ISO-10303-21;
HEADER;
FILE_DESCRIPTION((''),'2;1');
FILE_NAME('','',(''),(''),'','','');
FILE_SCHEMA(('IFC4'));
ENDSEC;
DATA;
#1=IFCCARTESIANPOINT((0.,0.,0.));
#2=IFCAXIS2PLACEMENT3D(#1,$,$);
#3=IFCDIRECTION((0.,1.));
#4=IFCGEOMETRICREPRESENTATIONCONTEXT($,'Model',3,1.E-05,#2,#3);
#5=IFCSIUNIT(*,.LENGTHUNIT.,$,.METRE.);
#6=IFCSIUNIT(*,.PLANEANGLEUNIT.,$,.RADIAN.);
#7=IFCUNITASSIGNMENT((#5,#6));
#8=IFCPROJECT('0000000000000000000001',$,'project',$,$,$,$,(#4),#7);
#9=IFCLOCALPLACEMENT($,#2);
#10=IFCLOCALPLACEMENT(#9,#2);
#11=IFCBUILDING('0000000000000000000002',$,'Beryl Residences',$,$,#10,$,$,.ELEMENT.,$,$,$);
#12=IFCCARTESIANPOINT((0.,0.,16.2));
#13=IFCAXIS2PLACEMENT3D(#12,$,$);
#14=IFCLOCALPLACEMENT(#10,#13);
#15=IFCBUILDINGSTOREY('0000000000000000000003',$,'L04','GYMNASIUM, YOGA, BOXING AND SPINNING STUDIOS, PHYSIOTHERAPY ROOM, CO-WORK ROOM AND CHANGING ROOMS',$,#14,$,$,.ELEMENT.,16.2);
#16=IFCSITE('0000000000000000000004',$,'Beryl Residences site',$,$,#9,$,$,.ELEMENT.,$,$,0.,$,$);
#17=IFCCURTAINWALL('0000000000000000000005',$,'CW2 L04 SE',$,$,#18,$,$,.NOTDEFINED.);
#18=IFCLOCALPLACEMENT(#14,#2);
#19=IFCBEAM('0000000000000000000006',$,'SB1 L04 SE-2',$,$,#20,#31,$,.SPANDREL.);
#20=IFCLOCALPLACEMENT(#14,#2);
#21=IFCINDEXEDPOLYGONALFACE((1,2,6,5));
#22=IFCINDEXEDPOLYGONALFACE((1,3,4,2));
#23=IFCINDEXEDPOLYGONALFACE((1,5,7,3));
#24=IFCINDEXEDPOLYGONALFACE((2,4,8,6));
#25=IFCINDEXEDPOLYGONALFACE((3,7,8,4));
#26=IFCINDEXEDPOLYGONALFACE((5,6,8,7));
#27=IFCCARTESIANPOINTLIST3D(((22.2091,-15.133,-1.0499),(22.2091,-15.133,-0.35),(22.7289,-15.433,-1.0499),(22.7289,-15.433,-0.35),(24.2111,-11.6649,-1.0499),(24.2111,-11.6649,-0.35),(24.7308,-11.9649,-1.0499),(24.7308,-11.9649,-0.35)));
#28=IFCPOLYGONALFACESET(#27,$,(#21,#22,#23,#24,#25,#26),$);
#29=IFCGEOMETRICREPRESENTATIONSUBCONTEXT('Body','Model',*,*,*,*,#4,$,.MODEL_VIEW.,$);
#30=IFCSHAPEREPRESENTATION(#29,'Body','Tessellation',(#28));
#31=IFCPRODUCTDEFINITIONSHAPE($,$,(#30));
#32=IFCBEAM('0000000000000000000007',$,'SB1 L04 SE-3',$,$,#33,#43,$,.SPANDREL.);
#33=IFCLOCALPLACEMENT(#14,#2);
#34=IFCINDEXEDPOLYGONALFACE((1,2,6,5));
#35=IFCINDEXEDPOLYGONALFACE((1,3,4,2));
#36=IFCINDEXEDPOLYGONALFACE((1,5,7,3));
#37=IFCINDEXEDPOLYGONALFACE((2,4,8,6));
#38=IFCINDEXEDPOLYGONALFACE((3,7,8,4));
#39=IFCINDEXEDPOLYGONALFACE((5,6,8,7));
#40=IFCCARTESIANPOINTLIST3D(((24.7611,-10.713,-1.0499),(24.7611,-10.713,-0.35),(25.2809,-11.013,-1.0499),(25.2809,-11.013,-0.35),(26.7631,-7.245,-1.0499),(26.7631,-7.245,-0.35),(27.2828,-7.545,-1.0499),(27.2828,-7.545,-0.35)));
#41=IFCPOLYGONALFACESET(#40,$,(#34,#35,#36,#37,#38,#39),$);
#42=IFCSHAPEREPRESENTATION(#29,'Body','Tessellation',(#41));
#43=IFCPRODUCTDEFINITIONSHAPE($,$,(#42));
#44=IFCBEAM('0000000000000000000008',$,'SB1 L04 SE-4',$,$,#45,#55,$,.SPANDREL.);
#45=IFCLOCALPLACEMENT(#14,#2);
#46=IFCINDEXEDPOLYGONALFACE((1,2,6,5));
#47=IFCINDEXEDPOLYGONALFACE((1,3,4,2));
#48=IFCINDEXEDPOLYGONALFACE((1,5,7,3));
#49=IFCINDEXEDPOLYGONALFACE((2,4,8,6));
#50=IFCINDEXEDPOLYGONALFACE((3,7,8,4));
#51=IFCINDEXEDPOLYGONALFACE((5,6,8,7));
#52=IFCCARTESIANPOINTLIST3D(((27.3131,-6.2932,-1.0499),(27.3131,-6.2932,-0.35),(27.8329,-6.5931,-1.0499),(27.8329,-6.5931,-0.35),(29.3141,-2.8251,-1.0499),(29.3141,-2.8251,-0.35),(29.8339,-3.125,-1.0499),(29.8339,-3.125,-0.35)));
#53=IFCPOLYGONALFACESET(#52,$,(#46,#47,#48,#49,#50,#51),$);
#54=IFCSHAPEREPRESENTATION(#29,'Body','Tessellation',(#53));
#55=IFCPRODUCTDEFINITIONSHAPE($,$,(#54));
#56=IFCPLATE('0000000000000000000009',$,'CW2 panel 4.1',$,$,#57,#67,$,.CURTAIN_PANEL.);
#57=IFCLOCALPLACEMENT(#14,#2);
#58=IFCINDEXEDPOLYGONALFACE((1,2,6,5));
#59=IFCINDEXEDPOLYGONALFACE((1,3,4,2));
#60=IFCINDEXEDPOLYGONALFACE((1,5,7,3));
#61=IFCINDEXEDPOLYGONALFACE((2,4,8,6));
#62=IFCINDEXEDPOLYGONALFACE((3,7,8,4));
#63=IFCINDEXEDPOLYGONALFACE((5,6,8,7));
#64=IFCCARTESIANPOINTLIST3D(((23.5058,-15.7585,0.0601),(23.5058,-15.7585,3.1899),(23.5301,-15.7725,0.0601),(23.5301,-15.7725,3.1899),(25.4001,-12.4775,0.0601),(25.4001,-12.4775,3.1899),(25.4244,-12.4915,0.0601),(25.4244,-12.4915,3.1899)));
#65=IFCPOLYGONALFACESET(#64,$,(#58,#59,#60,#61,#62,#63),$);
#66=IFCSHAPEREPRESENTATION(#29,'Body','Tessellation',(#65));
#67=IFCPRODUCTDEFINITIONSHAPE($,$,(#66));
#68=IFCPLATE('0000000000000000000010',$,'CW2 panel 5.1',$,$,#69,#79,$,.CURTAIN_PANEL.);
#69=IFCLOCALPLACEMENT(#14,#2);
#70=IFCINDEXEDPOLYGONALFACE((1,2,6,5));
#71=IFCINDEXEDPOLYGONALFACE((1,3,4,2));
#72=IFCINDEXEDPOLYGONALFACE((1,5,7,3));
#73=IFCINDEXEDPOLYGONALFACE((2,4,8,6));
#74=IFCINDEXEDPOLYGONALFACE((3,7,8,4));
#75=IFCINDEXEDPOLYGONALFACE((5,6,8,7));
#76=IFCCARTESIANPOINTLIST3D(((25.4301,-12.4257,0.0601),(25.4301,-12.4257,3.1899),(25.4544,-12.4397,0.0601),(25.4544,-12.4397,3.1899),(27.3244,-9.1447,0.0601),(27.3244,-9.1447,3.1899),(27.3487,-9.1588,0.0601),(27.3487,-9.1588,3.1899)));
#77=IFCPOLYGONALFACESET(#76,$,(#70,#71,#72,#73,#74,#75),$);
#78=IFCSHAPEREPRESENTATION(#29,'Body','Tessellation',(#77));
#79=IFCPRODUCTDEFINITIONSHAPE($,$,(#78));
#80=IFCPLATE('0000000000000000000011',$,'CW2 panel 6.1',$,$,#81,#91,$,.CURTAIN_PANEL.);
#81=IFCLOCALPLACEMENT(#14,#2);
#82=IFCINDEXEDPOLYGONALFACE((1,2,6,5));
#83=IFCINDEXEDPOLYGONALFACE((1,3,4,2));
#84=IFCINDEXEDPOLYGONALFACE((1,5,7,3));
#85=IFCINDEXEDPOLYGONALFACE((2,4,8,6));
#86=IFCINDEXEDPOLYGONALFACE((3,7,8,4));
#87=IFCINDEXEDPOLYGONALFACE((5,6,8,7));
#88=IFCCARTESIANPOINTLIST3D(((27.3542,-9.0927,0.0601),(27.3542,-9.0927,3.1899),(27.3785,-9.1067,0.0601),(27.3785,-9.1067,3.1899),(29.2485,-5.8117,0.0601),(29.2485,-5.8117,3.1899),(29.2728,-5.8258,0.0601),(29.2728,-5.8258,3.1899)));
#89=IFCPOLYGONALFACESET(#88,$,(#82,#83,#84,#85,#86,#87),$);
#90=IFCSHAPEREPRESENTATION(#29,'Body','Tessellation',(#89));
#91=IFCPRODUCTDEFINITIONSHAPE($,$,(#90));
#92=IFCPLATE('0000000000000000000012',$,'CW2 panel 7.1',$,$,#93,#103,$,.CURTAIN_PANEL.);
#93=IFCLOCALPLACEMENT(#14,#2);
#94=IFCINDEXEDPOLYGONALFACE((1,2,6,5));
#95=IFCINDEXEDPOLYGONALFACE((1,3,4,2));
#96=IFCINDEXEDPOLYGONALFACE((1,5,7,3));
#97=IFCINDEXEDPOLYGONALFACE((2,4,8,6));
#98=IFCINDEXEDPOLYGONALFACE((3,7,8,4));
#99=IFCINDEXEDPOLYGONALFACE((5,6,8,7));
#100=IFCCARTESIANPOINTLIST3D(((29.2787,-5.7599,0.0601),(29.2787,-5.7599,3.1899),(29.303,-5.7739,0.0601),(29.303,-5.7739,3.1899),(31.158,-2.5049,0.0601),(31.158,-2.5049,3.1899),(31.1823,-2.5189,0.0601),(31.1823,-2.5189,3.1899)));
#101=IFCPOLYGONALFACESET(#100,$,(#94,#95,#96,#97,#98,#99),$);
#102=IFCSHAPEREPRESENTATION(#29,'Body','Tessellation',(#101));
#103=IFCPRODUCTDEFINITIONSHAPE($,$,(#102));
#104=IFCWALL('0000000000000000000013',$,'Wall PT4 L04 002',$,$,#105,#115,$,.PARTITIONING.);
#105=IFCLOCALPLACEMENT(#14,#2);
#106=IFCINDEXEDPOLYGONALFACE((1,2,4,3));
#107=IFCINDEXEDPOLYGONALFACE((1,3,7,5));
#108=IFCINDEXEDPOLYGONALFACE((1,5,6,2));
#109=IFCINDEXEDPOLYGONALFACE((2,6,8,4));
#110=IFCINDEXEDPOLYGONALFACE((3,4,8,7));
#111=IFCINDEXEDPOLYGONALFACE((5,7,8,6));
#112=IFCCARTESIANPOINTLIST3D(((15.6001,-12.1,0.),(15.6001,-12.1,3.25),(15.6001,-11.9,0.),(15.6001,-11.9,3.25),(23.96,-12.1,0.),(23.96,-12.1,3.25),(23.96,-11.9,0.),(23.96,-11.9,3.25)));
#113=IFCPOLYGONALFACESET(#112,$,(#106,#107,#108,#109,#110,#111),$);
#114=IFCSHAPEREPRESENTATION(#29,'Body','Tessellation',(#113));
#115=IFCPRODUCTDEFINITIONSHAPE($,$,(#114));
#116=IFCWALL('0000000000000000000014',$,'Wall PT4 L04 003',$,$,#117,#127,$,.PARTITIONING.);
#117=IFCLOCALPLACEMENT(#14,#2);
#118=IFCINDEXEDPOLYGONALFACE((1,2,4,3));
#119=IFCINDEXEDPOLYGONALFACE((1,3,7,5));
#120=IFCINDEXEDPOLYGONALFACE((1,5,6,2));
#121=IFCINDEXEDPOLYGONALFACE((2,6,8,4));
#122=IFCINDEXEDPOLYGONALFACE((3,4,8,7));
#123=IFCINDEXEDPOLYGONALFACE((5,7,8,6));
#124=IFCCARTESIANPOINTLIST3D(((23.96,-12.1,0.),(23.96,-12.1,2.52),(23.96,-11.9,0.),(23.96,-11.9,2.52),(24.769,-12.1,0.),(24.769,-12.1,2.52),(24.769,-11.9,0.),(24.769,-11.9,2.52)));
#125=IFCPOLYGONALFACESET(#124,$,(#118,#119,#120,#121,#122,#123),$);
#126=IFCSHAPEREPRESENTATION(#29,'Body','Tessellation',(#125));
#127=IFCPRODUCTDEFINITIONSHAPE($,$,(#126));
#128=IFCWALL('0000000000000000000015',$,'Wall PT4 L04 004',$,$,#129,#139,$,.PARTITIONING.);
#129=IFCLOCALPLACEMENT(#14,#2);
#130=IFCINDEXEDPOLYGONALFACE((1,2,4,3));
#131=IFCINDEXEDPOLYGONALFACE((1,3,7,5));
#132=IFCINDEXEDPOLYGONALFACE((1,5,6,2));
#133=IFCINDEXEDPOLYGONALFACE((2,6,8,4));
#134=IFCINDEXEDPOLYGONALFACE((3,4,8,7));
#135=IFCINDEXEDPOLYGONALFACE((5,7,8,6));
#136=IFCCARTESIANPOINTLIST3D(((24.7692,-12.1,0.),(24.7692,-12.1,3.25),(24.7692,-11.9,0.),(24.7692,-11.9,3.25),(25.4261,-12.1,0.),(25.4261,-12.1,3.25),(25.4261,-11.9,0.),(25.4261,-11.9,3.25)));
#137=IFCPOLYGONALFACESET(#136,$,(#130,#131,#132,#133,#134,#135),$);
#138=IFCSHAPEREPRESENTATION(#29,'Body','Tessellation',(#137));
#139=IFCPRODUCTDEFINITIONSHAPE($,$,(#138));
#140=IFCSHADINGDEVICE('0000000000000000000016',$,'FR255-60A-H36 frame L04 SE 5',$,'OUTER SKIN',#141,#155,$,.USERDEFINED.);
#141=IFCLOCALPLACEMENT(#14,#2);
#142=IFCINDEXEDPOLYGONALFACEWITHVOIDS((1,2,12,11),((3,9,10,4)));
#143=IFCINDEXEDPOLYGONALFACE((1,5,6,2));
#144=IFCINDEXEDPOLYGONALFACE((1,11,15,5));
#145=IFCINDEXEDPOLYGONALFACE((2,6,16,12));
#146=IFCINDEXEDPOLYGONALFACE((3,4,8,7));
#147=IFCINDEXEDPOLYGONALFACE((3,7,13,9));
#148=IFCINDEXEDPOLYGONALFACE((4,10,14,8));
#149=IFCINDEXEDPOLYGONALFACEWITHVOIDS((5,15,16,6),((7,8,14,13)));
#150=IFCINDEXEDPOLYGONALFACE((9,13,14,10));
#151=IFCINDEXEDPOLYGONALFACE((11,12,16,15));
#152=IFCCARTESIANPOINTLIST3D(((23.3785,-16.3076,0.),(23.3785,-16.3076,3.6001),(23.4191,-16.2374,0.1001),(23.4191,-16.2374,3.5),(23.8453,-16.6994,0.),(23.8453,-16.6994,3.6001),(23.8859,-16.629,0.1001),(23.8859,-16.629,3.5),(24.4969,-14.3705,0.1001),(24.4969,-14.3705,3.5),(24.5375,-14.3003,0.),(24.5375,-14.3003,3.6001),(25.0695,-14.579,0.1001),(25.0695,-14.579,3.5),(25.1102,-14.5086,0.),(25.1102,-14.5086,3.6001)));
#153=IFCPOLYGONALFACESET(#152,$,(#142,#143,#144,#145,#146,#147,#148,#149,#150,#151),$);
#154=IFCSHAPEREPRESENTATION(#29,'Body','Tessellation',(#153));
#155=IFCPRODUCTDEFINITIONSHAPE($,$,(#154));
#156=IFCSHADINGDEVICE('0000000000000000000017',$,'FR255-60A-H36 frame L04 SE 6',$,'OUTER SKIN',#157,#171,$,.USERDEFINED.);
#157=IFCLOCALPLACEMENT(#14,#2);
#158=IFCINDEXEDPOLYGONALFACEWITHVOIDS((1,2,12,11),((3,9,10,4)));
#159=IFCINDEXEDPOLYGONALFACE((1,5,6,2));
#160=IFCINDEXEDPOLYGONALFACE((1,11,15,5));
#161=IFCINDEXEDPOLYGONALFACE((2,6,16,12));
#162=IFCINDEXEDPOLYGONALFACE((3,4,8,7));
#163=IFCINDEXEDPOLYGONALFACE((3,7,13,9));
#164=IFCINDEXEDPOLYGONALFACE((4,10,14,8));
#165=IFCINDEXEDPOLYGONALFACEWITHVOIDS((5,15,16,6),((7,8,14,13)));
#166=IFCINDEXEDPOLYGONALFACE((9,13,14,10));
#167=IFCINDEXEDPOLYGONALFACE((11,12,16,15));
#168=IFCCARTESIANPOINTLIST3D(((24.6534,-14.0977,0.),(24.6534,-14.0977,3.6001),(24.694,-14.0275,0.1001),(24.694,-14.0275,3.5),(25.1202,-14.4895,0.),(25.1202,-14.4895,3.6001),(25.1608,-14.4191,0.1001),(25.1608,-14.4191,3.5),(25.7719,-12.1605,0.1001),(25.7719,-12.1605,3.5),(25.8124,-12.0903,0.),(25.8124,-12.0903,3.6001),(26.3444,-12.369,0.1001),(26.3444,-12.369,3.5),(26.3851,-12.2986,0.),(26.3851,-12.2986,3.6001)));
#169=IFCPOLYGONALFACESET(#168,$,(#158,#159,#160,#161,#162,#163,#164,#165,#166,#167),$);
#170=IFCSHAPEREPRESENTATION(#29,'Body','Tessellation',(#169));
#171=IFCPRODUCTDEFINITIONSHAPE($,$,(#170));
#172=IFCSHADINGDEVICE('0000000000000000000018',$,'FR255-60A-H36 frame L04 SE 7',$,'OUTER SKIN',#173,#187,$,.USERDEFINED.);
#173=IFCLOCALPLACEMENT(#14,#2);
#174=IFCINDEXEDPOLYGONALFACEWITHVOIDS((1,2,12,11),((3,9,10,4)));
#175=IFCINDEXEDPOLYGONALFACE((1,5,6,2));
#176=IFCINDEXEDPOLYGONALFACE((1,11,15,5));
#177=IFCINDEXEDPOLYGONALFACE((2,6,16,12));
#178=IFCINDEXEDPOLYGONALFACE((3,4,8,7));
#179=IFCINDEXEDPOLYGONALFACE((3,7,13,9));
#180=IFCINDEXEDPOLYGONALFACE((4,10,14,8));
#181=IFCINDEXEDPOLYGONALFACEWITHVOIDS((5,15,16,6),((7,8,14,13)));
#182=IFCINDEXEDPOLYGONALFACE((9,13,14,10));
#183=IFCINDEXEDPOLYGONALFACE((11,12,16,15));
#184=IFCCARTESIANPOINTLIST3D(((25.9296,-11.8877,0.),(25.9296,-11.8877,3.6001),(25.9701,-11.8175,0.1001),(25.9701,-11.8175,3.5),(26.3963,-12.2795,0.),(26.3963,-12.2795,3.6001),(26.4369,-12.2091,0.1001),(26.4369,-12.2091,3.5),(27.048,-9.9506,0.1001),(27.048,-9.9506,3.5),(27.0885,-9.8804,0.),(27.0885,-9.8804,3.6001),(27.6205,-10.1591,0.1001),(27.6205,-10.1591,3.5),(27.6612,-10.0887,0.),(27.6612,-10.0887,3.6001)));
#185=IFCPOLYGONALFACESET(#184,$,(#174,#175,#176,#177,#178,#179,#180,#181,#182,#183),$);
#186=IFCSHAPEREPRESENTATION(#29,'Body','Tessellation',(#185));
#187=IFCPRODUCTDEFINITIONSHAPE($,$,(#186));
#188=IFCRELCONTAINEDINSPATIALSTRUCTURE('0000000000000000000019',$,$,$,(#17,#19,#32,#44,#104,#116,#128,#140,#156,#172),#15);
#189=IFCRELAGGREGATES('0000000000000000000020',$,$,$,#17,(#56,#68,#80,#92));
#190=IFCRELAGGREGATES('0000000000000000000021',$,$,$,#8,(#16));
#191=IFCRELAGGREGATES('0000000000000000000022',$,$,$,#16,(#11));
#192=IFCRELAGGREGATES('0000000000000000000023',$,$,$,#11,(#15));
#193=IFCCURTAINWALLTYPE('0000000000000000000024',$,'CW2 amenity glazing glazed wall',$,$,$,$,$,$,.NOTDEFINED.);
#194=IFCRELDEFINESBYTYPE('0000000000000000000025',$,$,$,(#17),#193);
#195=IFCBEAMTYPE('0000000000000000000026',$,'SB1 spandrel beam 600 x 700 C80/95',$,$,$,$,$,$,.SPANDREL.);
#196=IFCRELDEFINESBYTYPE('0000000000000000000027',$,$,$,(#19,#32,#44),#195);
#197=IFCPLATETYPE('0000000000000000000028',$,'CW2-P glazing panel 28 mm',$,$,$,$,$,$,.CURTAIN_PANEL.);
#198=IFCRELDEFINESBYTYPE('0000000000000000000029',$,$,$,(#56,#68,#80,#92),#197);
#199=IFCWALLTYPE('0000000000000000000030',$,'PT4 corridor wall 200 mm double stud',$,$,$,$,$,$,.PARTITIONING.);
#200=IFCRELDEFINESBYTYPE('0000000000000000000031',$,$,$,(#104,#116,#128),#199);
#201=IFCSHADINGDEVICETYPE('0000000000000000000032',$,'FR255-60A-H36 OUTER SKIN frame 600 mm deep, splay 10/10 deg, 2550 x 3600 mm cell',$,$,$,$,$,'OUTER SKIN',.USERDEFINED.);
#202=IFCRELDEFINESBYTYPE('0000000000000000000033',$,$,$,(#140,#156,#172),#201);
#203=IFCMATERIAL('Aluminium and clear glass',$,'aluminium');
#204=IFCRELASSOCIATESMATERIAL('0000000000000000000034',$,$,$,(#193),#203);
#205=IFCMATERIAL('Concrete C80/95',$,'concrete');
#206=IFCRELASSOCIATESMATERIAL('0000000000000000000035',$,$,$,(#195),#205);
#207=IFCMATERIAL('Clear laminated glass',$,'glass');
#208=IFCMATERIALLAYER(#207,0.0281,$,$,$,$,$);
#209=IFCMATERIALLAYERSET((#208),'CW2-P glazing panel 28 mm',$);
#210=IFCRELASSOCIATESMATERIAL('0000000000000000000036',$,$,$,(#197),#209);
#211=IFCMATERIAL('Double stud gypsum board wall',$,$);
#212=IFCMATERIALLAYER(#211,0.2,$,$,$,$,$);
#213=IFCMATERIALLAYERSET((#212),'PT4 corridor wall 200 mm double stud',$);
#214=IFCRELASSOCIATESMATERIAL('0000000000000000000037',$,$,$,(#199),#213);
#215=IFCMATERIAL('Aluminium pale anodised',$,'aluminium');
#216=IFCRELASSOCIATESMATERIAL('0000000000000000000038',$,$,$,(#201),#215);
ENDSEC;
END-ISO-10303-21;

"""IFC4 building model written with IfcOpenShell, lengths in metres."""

from ifc_helpers import new_model, entity, si_unit, direction, frame, frame_2d, origin, origin_2d, place, context, subcontext, project, spatial, rectangle, extrude, source, transform, mapped, material, layer, layer_set, material_profile, profile_set, type_object, type_shapes, element, aggregate, save


model = new_model("IFC4")

# Units and contexts
model_context = context("Model", 3, precision=1e-05, world=origin(), true_north=direction((0.0, 1.0)))
body_context = subcontext(model_context, "Body", "Model", "MODEL_VIEW")
ifc_project = project(units=[si_unit("LENGTHUNIT", "METRE"), si_unit("PLANEANGLEUNIT", "RADIAN")], contexts=[model_context])

# Site, building, storey
site_placement = place(None, origin())
site = spatial("IfcSite", under=ifc_project, at=site_placement, Name="Beryl Residences site", CompositionType="ELEMENT", RefElevation=0.0)
building_placement = place(site_placement, origin())
building = spatial("IfcBuilding", under=site, at=building_placement, Name="Beryl Residences", CompositionType="ELEMENT")
storey_placement = place(building_placement, frame((0.0, 0.0, 16.2)))
storey = spatial("IfcBuildingStorey", under=building, at=storey_placement, Name="L04", Description="GYMNASIUM, YOGA, BOXING AND SPINNING STUDIOS, PHYSIOTHERAPY ROOM, CO-WORK ROOM AND CHANGING ROOMS", CompositionType="ELEMENT", Elevation=16.2)

# Curtain wall
ifc_material_1 = material(Name="Aluminium and clear glass", Category="aluminium")
curtain_wall_type = type_object("IfcCurtainWallType", Name="CW2 amenity glazing glazed wall", PredefinedType="NOTDEFINED", material=ifc_material_1)
curtain_wall_placement = place(storey_placement, origin())
curtain_wall = element("IfcCurtainWall", 1, at=curtain_wall_placement, inside=storey, type_object=curtain_wall_type, Name="CW2 L04 SE", PredefinedType="NOTDEFINED")

# Beams
ifc_material_2 = material(Name="Concrete C80/95", Category="concrete")
ifc_material_profile_1 = material_profile(ifc_material_2, rectangle(XDim=0.6001, YDim=0.7, at=origin_2d()))
ifc_profile_set_1 = profile_set([ifc_material_profile_1], Name="Concrete C80/95")
beam_type = type_object("IfcBeamType", Name="SB1 spandrel beam 600 x 700 C80/95", PredefinedType="SPANDREL", material=ifc_profile_set_1)
for number, where, z_axis, x_axis, name in (
    (2, (22.469, -15.283, -0.7), (0.499942, 0.866059, 0.0), (-0.866059, 0.499942, 0.0), "SB1 L04 SE-2"),
    (3, (25.021, -10.863, -0.7), (0.499942, 0.866059, 0.0), (-0.866059, 0.499942, 0.0), "SB1 L04 SE-3"),
):
    element("IfcBeam", number, at=place(storey_placement, frame(where, z_axis=z_axis, x_axis=x_axis)), inside=storey, type_object=beam_type, Name=name, PredefinedType="SPANDREL", context=body_context, shape_type="SweptSolid", body=[
        extrude(rectangle(XDim=0.6001, YDim=0.7, at=origin_2d()), origin(), (0.0, 0.0, 1.0), 4.0044),
    ])
beam_placement = place(storey_placement, frame((27.573, -6.4431, -0.7), z_axis=(0.499759, 0.866164, 0.0), x_axis=(-0.866164, 0.499759, 0.0)))
element("IfcBeam", 4, at=beam_placement, inside=storey, type_object=beam_type, Name="SB1 L04 SE-4", PredefinedType="SPANDREL", context=body_context, shape_type="SweptSolid", body=[
    extrude(rectangle(XDim=0.6001, YDim=0.7, at=origin_2d()), origin(), (0.0, 0.0, 1.0), 4.0039),
])

# Plates
ifc_material_3 = material(Name="Clear laminated glass", Category="glass")
ifc_layer_1 = layer(ifc_material_3, 0.0281)
ifc_layer_set_1 = layer_set([ifc_layer_1], Name="CW2-P glazing panel 28 mm")
plate_type = type_object("IfcPlateType", Name="CW2-P glazing panel 28 mm", PredefinedType="CURTAIN_PANEL", material=ifc_layer_set_1)
plate_1_placement = place(storey_placement, frame((24.4651, -14.125, 0.0601), z_axis=(0.0, 0.0, 1.0), x_axis=(0.500012, 0.866019, 0.0)))
plate_1 = element("IfcPlate", 5, at=plate_1_placement, type_object=plate_type, Name="CW2 panel 4.1", PredefinedType="CURTAIN_PANEL", context=body_context, shape_type="SweptSolid", body=[
    extrude(rectangle(XDim=3.7886, YDim=0.0281, at=origin_2d()), origin(), (0.0, 0.0, 1.0), 3.1299),
])
plate_2_placement = place(storey_placement, frame((26.3894, -10.7922, 0.0601), z_axis=(0.0, 0.0, 1.0), x_axis=(0.500012, 0.866019, 0.0)))
plate_2 = element("IfcPlate", 6, at=plate_2_placement, type_object=plate_type, Name="CW2 panel 5.1", PredefinedType="CURTAIN_PANEL", context=body_context, shape_type="SweptSolid", body=[
    extrude(rectangle(XDim=3.7886, YDim=0.0281, at=origin_2d()), origin(), (0.0, 0.0, 1.0), 3.1299),
])
plate_3_placement = place(storey_placement, frame((28.3135, -7.4592, 0.0601), z_axis=(0.0, 0.0, 1.0), x_axis=(0.500012, 0.866019, 0.0)))
plate_3 = element("IfcPlate", 7, at=plate_3_placement, type_object=plate_type, Name="CW2 panel 6.1", PredefinedType="CURTAIN_PANEL", context=body_context, shape_type="SweptSolid", body=[
    extrude(rectangle(XDim=3.7886, YDim=0.0281, at=origin_2d()), origin(), (0.0, 0.0, 1.0), 3.1299),
])
plate_4_placement = place(storey_placement, frame((30.2305, -4.1394, 0.0601), z_axis=(0.0, 0.0, 1.0), x_axis=(0.500012, 0.866019, 0.0)))
plate_4 = element("IfcPlate", 8, at=plate_4_placement, type_object=plate_type, Name="CW2 panel 7.1", PredefinedType="CURTAIN_PANEL", context=body_context, shape_type="SweptSolid", body=[
    extrude(rectangle(XDim=3.7585, YDim=0.0281, at=origin_2d()), origin(), (0.0, 0.0, 1.0), 3.1299),
])
aggregate(curtain_wall, [plate_1, plate_2, plate_3, plate_4])

# Walls
ifc_material_4 = material(Name="Double stud gypsum board wall")
ifc_layer_2 = layer(ifc_material_4, 0.2)
ifc_layer_set_2 = layer_set([ifc_layer_2], Name="PT4 corridor wall 200 mm double stud")
wall_type = type_object("IfcWallType", Name="PT4 corridor wall 200 mm double stud", PredefinedType="PARTITIONING", material=ifc_layer_set_2)
wall_1_placement = place(storey_placement, frame((15.6001, -12.0, 0.0), z_axis=(0.0, 0.0, 1.0), x_axis=(1.0, 0.0, 0.0)))
element("IfcWall", 9, at=wall_1_placement, inside=storey, type_object=wall_type, Name="Wall PT4 L04 002", PredefinedType="PARTITIONING", context=body_context, shape_type="SweptSolid", body=[
    extrude(rectangle(XDim=8.3599, YDim=0.2, at=frame_2d((4.1799, 0.0))), origin(), (0.0, 0.0, 1.0), 3.25),
])
wall_2_placement = place(storey_placement, frame((23.96, -12.0, 0.0), z_axis=(0.0, 0.0, 1.0), x_axis=(1.0, 0.0, 0.0)))
element("IfcWall", 10, at=wall_2_placement, inside=storey, type_object=wall_type, Name="Wall PT4 L04 003", PredefinedType="PARTITIONING", context=body_context, shape_type="SweptSolid", body=[
    extrude(rectangle(XDim=0.8091, YDim=0.2, at=frame_2d((0.4045, 0.0))), origin(), (0.0, 0.0, 1.0), 2.52),
])
wall_3_placement = place(storey_placement, frame((24.769, -12.0, 0.0), z_axis=(0.0, 0.0, 1.0), x_axis=(1.0, 0.0, 0.0)))
element("IfcWall", 11, at=wall_3_placement, inside=storey, type_object=wall_type, Name="Wall PT4 L04 004", PredefinedType="PARTITIONING", context=body_context, shape_type="SweptSolid", body=[
    extrude(rectangle(XDim=0.657, YDim=0.2, at=frame_2d((0.3286, 0.0))), origin(), (0.0, 0.0, 1.0), 3.25),
])

# Shading devices
ifc_material_5 = material(Name="Aluminium pale anodised", Category="aluminium")
shading_device_type = type_object("IfcShadingDeviceType", Name="FR255-60A-H36 OUTER SKIN frame 600 mm deep, splay 10/10 deg, 2550 x 3600 mm cell", ElementType="OUTER SKIN", PredefinedType="USERDEFINED", material=ifc_material_5)
cartesian_point_1 = entity("IfcCartesianPoint", [-1.1589, 0.0])
cartesian_point_2 = entity("IfcCartesianPoint", [-1.0779, 0.1001])
cartesian_point_3 = entity("IfcCartesianPoint", [-1.2649, 0.0])
cartesian_point_4 = entity("IfcCartesianPoint", [-1.1836, 0.1001])
shared_shape_1 = source(origin(), body_context, "Body", "SweptSolid", [
    entity("IfcExtrudedAreaSolidTapered", entity("IfcArbitraryProfileDefWithVoids", "AREA", None, entity("IfcPolyline", [cartesian_point_1, entity("IfcCartesianPoint", [1.1589, 0.0]), entity("IfcCartesianPoint", [1.1589, 3.6001]), entity("IfcCartesianPoint", [-1.1589, 3.6001]), cartesian_point_1]), [entity("IfcPolyline", [cartesian_point_2, entity("IfcCartesianPoint", [1.0779, 0.1001]), entity("IfcCartesianPoint", [1.0779, 3.5]), entity("IfcCartesianPoint", [-1.0779, 3.5]), cartesian_point_2])]), entity("IfcAxis2Placement3D", entity("IfcCartesianPoint", [0.0, 0.0, 0.0]), entity("IfcDirection", [0.0, 1.0, 0.0]), entity("IfcDirection", [-1.0, 0.0, 0.0])), entity("IfcDirection", [0.0, 0.0, 1.0]), 0.6001, entity("IfcArbitraryProfileDefWithVoids", "AREA", None, entity("IfcPolyline", [cartesian_point_3, entity("IfcCartesianPoint", [1.2649, 0.0]), entity("IfcCartesianPoint", [1.2649, 3.6001]), entity("IfcCartesianPoint", [-1.2649, 3.6001]), cartesian_point_3]), [entity("IfcPolyline", [cartesian_point_4, entity("IfcCartesianPoint", [1.1836, 0.1001]), entity("IfcCartesianPoint", [1.1836, 3.5]), entity("IfcCartesianPoint", [-1.1836, 3.5]), cartesian_point_4])])),
])
type_shapes(shading_device_type, [shared_shape_1])
for number, where, z_axis, x_axis, name in (
    (12, (23.958, -15.304, 0.0), (0.0, 0.0, 1.0), (-0.5, -0.866025, 0.0), "FR255-60A-H36 frame L04 SE 5"),
    (13, (25.2329, -13.094, 0.0), (0.0, 0.0, 1.0), (-0.5, -0.866025, 0.0), "FR255-60A-H36 frame L04 SE 6"),
    (14, (26.509, -10.884, 0.0), (0.0, 0.0, 1.0), (-0.5, -0.866025, 0.0), "FR255-60A-H36 frame L04 SE 7"),
):
    element("IfcShadingDevice", number, at=place(storey_placement, frame(where, z_axis=z_axis, x_axis=x_axis)), inside=storey, type_object=shading_device_type, Name=name, ObjectType="OUTER SKIN", PredefinedType="USERDEFINED", context=body_context, shape_type="MappedRepresentation", body=[
        mapped(shared_shape_1, transform((0.0, 0.0, 0.0))),
    ])

save(model, "model.ifc")
